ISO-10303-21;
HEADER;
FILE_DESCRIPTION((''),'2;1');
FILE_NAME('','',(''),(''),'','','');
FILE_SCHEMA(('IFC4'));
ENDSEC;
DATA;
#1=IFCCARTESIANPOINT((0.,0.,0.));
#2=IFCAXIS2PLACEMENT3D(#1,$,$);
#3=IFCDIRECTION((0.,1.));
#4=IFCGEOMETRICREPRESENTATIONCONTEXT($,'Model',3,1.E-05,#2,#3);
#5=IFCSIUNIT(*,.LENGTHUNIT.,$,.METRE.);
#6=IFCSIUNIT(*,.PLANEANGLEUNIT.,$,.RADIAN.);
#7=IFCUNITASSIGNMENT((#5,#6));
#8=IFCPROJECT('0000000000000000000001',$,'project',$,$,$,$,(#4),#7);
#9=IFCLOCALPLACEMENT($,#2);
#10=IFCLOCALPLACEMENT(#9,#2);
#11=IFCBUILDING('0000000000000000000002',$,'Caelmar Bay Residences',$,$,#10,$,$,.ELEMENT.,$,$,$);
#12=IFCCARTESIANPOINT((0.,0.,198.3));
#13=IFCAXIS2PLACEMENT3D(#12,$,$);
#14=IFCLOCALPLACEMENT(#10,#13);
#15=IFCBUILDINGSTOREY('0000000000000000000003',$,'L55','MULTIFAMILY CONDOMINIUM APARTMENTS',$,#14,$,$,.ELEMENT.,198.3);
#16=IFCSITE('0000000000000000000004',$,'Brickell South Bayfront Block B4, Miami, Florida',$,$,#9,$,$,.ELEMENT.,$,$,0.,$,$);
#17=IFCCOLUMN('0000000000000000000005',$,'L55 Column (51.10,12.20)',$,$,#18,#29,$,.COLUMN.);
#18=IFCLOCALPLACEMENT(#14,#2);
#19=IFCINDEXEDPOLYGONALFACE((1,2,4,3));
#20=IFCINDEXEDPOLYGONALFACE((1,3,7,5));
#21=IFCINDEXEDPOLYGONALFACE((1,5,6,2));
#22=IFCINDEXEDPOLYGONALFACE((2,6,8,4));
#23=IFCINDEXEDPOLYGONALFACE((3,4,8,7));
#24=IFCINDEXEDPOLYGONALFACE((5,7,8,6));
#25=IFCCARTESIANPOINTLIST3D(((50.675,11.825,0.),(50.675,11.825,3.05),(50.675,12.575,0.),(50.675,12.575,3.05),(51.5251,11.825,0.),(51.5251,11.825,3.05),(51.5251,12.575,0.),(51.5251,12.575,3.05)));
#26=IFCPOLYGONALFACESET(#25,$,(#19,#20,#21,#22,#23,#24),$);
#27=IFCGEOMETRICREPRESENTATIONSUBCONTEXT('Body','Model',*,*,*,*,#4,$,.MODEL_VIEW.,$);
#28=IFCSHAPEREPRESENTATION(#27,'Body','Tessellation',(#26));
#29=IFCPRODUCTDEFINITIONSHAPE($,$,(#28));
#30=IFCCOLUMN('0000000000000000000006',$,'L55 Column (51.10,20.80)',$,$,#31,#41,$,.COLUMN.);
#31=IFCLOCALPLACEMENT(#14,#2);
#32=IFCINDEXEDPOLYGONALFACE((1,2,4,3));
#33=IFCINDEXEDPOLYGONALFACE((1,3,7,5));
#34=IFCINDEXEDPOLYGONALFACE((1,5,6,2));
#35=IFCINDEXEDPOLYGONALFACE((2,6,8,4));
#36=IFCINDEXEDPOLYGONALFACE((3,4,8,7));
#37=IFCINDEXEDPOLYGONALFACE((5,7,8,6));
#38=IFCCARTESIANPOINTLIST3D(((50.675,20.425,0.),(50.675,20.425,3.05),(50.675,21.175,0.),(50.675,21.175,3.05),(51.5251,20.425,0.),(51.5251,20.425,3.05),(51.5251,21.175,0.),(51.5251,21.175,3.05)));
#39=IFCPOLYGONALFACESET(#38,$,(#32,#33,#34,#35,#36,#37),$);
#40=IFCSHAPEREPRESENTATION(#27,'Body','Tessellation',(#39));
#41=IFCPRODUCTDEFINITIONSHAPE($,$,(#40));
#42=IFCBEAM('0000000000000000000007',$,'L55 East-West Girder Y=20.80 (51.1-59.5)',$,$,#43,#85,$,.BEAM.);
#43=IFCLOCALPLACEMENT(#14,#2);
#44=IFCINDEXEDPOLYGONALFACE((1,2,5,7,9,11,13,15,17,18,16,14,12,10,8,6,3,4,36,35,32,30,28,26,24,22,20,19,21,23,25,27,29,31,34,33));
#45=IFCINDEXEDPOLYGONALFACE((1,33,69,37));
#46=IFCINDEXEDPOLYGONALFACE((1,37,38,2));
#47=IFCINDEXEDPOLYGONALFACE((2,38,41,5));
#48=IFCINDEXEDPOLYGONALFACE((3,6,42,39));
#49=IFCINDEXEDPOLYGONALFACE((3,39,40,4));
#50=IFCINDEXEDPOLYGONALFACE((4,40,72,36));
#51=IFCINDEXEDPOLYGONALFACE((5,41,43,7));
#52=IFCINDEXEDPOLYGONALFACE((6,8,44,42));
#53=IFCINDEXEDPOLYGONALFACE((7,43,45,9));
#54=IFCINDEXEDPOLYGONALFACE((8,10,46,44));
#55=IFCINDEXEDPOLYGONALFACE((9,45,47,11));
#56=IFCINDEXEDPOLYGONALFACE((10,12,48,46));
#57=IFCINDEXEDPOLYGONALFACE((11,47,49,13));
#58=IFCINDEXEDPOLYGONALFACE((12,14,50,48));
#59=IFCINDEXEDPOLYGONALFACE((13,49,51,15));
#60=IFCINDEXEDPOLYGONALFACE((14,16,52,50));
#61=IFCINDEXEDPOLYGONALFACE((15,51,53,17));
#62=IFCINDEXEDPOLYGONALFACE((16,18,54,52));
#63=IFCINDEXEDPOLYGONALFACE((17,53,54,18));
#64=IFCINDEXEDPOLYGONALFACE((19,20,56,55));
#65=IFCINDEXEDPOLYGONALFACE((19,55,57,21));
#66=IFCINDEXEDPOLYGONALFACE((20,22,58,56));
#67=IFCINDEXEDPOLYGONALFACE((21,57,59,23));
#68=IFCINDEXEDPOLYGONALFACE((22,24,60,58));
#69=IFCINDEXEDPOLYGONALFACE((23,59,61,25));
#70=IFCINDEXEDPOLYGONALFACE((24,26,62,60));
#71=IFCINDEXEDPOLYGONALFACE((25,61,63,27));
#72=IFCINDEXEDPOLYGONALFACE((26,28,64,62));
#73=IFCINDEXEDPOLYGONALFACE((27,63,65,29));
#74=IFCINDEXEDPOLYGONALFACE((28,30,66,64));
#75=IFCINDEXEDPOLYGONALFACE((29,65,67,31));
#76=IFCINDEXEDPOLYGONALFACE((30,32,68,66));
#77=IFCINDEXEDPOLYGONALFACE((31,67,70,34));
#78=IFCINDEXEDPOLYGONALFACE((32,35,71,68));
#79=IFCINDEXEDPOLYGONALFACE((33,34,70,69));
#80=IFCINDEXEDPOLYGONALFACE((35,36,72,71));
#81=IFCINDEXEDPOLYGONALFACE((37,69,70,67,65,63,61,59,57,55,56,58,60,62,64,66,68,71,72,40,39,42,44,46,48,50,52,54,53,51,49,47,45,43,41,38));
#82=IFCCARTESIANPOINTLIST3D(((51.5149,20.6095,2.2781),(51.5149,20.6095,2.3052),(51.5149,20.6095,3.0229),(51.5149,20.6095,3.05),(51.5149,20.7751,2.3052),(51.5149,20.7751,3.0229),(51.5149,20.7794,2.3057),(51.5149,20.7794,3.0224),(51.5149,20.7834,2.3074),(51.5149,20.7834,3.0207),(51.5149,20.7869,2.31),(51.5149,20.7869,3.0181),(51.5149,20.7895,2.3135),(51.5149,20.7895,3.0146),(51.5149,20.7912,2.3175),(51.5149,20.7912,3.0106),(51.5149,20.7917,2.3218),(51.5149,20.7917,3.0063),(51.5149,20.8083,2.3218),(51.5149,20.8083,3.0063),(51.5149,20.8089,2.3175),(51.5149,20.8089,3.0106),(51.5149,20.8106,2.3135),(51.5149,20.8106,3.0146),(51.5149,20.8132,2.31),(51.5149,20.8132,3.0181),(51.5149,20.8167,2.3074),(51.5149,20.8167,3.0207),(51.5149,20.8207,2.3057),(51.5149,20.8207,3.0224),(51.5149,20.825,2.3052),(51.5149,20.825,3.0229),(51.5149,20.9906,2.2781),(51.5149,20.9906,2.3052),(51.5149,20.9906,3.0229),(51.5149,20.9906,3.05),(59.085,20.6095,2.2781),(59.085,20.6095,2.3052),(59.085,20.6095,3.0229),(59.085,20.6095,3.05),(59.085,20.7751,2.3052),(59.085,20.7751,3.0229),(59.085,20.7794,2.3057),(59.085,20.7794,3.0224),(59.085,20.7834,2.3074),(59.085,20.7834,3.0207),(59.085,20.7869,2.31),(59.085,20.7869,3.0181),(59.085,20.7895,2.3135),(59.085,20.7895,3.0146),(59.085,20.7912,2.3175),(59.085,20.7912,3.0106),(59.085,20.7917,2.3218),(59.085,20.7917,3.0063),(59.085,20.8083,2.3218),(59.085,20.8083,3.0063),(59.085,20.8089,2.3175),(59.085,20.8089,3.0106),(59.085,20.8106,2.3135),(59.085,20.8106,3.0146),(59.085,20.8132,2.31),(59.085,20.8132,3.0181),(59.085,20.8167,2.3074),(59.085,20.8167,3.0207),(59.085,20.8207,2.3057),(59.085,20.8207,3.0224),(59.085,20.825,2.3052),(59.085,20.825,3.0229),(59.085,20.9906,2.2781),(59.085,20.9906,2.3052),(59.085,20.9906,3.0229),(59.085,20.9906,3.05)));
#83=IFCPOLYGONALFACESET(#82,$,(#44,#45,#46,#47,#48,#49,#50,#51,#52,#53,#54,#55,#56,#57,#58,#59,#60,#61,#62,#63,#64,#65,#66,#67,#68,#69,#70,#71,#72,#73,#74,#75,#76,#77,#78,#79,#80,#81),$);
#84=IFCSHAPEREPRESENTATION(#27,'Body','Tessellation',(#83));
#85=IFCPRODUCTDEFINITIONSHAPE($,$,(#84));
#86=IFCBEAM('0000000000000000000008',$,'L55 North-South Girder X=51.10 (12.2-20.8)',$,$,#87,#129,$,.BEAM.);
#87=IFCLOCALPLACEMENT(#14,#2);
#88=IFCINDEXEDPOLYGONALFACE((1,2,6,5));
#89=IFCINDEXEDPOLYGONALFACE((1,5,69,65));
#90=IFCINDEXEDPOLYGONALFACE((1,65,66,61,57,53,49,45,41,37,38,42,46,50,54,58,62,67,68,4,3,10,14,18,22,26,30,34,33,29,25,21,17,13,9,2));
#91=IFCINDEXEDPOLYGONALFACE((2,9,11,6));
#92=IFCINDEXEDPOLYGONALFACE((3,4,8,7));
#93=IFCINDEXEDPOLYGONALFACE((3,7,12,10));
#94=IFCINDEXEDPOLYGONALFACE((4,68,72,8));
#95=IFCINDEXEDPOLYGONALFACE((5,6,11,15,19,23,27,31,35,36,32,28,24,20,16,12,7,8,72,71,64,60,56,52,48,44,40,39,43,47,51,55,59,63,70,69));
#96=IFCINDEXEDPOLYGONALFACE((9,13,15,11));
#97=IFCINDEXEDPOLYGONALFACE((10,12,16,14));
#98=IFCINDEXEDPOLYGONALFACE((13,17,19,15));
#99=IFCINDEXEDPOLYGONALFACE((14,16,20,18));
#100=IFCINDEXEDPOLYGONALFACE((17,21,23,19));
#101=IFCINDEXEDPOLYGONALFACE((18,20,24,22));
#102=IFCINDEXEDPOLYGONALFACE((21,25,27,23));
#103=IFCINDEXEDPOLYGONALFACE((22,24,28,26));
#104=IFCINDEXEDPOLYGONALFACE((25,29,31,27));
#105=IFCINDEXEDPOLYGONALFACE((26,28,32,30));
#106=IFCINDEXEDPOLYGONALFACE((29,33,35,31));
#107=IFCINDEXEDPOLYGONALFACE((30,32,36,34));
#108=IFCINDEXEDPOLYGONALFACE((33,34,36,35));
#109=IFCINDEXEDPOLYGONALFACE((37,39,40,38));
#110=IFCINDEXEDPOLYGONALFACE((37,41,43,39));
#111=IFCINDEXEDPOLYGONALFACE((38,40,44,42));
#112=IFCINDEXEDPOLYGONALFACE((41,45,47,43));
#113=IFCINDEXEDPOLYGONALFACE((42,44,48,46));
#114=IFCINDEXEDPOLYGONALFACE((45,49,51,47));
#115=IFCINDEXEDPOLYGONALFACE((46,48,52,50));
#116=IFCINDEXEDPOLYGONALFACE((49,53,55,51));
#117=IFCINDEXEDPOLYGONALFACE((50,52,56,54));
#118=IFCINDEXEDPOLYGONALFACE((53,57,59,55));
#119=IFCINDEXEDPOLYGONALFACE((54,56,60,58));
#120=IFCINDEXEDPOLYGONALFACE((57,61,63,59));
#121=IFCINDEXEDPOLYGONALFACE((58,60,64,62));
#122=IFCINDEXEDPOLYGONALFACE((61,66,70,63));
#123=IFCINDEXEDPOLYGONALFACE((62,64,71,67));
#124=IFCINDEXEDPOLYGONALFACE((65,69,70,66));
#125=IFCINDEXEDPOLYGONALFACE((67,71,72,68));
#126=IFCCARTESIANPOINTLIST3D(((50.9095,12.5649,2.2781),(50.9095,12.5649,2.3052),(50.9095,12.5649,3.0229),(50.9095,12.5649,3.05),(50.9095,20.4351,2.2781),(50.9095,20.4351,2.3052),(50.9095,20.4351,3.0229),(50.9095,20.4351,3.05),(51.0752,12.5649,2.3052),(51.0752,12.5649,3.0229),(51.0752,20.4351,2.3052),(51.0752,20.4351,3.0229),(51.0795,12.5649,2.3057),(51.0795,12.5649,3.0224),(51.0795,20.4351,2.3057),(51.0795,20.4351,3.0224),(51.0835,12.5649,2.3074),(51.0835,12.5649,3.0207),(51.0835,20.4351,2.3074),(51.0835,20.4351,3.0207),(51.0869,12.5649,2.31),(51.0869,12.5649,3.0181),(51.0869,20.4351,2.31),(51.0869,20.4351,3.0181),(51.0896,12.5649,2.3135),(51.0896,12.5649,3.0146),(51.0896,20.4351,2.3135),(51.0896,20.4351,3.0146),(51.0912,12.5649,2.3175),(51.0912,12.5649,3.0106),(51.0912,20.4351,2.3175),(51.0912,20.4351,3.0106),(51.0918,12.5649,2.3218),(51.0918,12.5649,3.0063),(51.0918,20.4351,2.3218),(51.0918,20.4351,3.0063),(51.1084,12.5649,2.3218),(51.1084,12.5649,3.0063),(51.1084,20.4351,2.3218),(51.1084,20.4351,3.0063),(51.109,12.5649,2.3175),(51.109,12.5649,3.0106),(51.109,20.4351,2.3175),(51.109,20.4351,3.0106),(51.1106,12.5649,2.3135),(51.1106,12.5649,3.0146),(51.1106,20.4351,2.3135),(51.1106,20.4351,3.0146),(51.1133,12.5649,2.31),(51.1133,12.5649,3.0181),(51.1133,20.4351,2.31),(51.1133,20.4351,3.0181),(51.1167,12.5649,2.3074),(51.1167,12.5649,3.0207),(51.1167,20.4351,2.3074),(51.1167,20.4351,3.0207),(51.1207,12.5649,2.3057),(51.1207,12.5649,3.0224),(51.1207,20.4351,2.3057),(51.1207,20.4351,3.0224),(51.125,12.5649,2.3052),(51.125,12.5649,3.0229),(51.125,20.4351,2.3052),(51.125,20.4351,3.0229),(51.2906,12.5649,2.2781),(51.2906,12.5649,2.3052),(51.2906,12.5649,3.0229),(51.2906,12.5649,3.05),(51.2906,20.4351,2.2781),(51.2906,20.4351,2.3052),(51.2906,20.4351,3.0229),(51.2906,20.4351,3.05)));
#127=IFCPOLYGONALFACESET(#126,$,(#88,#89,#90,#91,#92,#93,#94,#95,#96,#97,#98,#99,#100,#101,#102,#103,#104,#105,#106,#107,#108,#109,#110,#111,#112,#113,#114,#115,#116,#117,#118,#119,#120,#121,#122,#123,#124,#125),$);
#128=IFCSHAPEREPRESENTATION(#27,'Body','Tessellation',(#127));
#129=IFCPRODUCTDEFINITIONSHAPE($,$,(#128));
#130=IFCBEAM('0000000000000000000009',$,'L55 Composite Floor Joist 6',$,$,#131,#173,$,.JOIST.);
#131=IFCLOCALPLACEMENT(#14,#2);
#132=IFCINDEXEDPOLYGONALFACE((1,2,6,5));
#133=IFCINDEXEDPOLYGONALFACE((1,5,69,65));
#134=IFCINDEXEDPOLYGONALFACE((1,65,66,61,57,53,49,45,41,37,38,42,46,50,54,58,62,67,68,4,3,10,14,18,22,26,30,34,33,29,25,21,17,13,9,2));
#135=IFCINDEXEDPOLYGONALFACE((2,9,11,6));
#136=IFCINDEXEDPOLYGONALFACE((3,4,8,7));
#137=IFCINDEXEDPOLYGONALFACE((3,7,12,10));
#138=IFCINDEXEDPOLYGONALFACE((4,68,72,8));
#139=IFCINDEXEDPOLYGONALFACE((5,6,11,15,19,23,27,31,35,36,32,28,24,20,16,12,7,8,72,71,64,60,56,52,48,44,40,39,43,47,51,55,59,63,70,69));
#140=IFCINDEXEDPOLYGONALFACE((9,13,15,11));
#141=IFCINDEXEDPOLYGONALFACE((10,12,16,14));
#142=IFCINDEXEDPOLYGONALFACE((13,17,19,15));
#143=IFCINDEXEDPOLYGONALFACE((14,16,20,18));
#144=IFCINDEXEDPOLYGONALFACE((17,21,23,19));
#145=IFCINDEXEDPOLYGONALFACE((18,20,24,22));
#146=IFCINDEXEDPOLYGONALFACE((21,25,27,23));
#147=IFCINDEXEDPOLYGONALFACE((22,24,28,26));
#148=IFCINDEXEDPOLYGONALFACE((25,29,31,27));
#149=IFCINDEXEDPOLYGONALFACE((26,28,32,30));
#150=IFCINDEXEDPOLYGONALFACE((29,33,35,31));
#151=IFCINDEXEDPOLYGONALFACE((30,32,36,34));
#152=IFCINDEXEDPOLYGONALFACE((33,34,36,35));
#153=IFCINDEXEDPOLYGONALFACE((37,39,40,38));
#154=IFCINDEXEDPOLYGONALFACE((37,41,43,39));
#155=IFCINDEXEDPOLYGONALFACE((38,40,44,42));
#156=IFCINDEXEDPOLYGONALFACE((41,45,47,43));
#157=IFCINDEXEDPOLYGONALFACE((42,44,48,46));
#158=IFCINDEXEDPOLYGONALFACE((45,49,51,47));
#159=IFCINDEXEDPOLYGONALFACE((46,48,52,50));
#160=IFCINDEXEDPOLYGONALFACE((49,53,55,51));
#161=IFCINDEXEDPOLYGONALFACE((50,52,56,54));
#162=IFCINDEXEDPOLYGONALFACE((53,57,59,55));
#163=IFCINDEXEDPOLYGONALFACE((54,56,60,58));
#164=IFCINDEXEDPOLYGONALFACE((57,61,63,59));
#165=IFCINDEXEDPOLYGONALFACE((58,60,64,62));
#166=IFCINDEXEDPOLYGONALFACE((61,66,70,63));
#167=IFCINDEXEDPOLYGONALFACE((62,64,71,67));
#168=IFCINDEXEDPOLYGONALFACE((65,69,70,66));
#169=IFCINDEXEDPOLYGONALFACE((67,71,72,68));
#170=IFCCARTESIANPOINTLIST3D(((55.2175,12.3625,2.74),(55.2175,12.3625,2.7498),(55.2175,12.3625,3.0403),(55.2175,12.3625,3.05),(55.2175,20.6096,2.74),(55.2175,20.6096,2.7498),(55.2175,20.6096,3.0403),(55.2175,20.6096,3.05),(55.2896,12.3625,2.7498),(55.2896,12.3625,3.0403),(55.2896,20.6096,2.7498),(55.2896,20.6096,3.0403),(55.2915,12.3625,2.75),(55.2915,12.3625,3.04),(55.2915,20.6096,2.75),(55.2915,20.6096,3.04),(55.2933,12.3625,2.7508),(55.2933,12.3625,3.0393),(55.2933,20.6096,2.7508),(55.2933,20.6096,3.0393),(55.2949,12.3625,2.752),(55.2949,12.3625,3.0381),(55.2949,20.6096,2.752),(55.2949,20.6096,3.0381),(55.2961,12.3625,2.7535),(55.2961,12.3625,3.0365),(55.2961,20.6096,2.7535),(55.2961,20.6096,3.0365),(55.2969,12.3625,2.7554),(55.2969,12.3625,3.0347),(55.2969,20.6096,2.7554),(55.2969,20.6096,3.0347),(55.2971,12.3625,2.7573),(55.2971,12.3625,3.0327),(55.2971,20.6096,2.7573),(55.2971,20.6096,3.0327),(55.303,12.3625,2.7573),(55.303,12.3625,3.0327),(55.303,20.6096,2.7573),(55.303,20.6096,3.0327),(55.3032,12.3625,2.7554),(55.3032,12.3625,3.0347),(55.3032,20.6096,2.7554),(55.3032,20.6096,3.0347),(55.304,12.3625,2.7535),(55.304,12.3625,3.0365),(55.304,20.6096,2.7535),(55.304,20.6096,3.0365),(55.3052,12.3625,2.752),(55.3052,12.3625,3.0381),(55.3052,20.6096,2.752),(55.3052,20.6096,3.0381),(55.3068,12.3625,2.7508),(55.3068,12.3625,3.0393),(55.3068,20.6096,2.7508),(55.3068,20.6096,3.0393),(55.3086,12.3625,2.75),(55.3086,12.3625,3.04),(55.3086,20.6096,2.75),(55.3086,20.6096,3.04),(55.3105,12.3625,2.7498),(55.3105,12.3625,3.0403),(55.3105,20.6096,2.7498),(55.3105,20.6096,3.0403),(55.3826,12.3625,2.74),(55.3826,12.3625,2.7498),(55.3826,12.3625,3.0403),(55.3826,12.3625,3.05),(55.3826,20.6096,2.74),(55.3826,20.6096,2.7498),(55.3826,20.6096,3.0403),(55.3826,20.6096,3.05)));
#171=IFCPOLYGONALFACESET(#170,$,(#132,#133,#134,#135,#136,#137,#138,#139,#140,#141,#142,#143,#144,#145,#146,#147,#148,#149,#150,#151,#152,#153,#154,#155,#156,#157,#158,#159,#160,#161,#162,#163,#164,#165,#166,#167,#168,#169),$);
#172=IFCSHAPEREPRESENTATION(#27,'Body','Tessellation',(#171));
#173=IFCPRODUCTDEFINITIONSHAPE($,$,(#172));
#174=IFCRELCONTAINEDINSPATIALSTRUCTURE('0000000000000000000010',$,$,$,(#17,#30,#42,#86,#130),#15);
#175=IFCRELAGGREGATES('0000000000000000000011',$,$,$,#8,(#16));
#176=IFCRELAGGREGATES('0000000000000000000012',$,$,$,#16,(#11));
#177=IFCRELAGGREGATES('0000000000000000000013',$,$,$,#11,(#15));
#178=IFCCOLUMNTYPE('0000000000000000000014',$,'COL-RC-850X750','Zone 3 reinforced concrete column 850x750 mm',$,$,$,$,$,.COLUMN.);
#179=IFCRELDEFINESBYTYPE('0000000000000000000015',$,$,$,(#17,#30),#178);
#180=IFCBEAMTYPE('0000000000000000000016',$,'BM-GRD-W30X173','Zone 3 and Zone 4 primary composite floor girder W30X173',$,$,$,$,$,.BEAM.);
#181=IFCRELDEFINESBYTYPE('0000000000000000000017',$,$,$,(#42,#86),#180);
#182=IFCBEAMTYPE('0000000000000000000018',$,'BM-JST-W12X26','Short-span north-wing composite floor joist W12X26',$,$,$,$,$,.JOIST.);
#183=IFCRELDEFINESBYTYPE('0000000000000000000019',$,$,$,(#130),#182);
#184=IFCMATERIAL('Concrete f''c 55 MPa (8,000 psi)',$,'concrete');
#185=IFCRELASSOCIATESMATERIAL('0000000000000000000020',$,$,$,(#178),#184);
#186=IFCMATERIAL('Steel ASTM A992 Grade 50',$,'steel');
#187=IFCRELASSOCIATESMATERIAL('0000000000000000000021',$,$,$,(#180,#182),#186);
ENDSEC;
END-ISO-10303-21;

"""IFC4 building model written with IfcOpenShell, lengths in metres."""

from ifc_helpers import new_model, si_unit, direction, frame, origin, origin_2d, place, context, subcontext, project, spatial, rectangle, i_section, extrude, material, material_profile, profile_set, type_object, element, save


model = new_model("IFC4")

# Units and contexts
model_context = context("Model", 3, precision=1e-05, world=origin(), true_north=direction((0.0, 1.0)))
body_context = subcontext(model_context, "Body", "Model", "MODEL_VIEW")
ifc_project = project(units=[si_unit("LENGTHUNIT", "METRE"), si_unit("PLANEANGLEUNIT", "RADIAN")], contexts=[model_context])

# Site, building, storey
site_placement = place(None, origin())
site = spatial("IfcSite", under=ifc_project, at=site_placement, Name="Brickell South Bayfront Block B4, Miami, Florida", CompositionType="ELEMENT", RefElevation=0.0)
building_placement = place(site_placement, origin())
building = spatial("IfcBuilding", under=site, at=building_placement, Name="Caelmar Bay Residences", CompositionType="ELEMENT")
storey_placement = place(building_placement, frame((0.0, 0.0, 198.3)))
storey = spatial("IfcBuildingStorey", under=building, at=storey_placement, Name="L55", Description="MULTIFAMILY CONDOMINIUM APARTMENTS", CompositionType="ELEMENT", Elevation=198.3)

# Columns
ifc_material_1 = material(Name="Concrete f'c 55 MPa (8,000 psi)", Category="concrete")
ifc_material_profile_1 = material_profile(ifc_material_1, rectangle(XDim=0.8501, YDim=0.75, at=origin_2d()), Name="RC-COL-850X750")
ifc_profile_set_1 = profile_set([ifc_material_profile_1], Name="Concrete f'c 55 MPa (8,000 psi)")
column_type = type_object("IfcColumnType", Name="COL-RC-850X750", Description="Zone 3 reinforced concrete column 850x750 mm", PredefinedType="COLUMN", material=ifc_profile_set_1)
for number, where, z_axis, x_axis, name in (
    (1, (51.1001, 12.2, 0.0), (0.0, 0.0, 1.0), (1.0, 0.0, 0.0), "L55 Column (51.10,12.20)"),
    (2, (51.1001, 20.8, 0.0), (0.0, 0.0, 1.0), (1.0, 0.0, 0.0), "L55 Column (51.10,20.80)"),
):
    element("IfcColumn", number, at=place(storey_placement, frame(where, z_axis=z_axis, x_axis=x_axis)), inside=storey, type_object=column_type, Name=name, PredefinedType="COLUMN", context=body_context, shape_type="SweptSolid", body=[
        extrude(rectangle(XDim=0.8501, YDim=0.75, at=origin_2d()), origin(), (0.0, 0.0, 1.0), 3.05),
    ])

# Beams
ifc_material_2 = material(Name="Steel ASTM A992 Grade 50", Category="steel")
ifc_material_profile_2 = material_profile(ifc_material_2, i_section(OverallWidth=0.3811, OverallDepth=0.772, WebThickness=0.0166, FlangeThickness=0.0271, FilletRadius=0.0166, at=origin_2d()), Name="W30X173")
ifc_profile_set_2 = profile_set([ifc_material_profile_2], Name="Steel ASTM A992 Grade 50")
beam_type_1 = type_object("IfcBeamType", Name="BM-GRD-W30X173", Description="Zone 3 and Zone 4 primary composite floor girder W30X173", PredefinedType="BEAM", material=ifc_profile_set_2)
beam_1_placement = place(storey_placement, frame((51.5149, 20.8, 2.6641), z_axis=(1.0, 0.0, 0.0), x_axis=(0.0, 1.0, 0.0)))
element("IfcBeam", 3, at=beam_1_placement, inside=storey, type_object=beam_type_1, Name="L55 East-West Girder Y=20.80 (51.1-59.5)", PredefinedType="BEAM", context=body_context, shape_type="SweptSolid", body=[
    extrude(i_section(OverallWidth=0.3811, OverallDepth=0.772, WebThickness=0.0166, FlangeThickness=0.0271, FilletRadius=0.0166, at=origin_2d()), origin(), (0.0, 0.0, 1.0), 7.5701),
])
beam_2_placement = place(storey_placement, frame((51.1001, 12.5649, 2.6641), z_axis=(0.0, 1.0, 0.0), x_axis=(-1.0, 0.0, 0.0)))
element("IfcBeam", 4, at=beam_2_placement, inside=storey, type_object=beam_type_1, Name="L55 North-South Girder X=51.10 (12.2-20.8)", PredefinedType="BEAM", context=body_context, shape_type="SweptSolid", body=[
    extrude(i_section(OverallWidth=0.3811, OverallDepth=0.772, WebThickness=0.0166, FlangeThickness=0.0271, FilletRadius=0.0166, at=origin_2d()), origin(), (0.0, 0.0, 1.0), 7.8701),
])
ifc_material_profile_3 = material_profile(ifc_material_2, i_section(OverallWidth=0.165, OverallDepth=0.3101, WebThickness=0.0059, FlangeThickness=0.0098, FilletRadius=0.0076, at=origin_2d()), Name="W12X26")
ifc_profile_set_3 = profile_set([ifc_material_profile_3], Name="Steel ASTM A992 Grade 50")
beam_type_2 = type_object("IfcBeamType", Name="BM-JST-W12X26", Description="Short-span north-wing composite floor joist W12X26", PredefinedType="JOIST", material=ifc_profile_set_3)
beam_3_placement = place(storey_placement, frame((55.3, 12.3625, 2.895), z_axis=(0.0, 1.0, 0.0), x_axis=(-1.0, 0.0, 0.0)))
element("IfcBeam", 5, at=beam_3_placement, inside=storey, type_object=beam_type_2, Name="L55 Composite Floor Joist 6", PredefinedType="JOIST", context=body_context, shape_type="SweptSolid", body=[
    extrude(i_section(OverallWidth=0.165, OverallDepth=0.3101, WebThickness=0.0059, FlangeThickness=0.0098, FilletRadius=0.0076, at=origin_2d()), origin(), (0.0, 0.0, 1.0), 8.2471),
])

save(model, "model.ifc")
